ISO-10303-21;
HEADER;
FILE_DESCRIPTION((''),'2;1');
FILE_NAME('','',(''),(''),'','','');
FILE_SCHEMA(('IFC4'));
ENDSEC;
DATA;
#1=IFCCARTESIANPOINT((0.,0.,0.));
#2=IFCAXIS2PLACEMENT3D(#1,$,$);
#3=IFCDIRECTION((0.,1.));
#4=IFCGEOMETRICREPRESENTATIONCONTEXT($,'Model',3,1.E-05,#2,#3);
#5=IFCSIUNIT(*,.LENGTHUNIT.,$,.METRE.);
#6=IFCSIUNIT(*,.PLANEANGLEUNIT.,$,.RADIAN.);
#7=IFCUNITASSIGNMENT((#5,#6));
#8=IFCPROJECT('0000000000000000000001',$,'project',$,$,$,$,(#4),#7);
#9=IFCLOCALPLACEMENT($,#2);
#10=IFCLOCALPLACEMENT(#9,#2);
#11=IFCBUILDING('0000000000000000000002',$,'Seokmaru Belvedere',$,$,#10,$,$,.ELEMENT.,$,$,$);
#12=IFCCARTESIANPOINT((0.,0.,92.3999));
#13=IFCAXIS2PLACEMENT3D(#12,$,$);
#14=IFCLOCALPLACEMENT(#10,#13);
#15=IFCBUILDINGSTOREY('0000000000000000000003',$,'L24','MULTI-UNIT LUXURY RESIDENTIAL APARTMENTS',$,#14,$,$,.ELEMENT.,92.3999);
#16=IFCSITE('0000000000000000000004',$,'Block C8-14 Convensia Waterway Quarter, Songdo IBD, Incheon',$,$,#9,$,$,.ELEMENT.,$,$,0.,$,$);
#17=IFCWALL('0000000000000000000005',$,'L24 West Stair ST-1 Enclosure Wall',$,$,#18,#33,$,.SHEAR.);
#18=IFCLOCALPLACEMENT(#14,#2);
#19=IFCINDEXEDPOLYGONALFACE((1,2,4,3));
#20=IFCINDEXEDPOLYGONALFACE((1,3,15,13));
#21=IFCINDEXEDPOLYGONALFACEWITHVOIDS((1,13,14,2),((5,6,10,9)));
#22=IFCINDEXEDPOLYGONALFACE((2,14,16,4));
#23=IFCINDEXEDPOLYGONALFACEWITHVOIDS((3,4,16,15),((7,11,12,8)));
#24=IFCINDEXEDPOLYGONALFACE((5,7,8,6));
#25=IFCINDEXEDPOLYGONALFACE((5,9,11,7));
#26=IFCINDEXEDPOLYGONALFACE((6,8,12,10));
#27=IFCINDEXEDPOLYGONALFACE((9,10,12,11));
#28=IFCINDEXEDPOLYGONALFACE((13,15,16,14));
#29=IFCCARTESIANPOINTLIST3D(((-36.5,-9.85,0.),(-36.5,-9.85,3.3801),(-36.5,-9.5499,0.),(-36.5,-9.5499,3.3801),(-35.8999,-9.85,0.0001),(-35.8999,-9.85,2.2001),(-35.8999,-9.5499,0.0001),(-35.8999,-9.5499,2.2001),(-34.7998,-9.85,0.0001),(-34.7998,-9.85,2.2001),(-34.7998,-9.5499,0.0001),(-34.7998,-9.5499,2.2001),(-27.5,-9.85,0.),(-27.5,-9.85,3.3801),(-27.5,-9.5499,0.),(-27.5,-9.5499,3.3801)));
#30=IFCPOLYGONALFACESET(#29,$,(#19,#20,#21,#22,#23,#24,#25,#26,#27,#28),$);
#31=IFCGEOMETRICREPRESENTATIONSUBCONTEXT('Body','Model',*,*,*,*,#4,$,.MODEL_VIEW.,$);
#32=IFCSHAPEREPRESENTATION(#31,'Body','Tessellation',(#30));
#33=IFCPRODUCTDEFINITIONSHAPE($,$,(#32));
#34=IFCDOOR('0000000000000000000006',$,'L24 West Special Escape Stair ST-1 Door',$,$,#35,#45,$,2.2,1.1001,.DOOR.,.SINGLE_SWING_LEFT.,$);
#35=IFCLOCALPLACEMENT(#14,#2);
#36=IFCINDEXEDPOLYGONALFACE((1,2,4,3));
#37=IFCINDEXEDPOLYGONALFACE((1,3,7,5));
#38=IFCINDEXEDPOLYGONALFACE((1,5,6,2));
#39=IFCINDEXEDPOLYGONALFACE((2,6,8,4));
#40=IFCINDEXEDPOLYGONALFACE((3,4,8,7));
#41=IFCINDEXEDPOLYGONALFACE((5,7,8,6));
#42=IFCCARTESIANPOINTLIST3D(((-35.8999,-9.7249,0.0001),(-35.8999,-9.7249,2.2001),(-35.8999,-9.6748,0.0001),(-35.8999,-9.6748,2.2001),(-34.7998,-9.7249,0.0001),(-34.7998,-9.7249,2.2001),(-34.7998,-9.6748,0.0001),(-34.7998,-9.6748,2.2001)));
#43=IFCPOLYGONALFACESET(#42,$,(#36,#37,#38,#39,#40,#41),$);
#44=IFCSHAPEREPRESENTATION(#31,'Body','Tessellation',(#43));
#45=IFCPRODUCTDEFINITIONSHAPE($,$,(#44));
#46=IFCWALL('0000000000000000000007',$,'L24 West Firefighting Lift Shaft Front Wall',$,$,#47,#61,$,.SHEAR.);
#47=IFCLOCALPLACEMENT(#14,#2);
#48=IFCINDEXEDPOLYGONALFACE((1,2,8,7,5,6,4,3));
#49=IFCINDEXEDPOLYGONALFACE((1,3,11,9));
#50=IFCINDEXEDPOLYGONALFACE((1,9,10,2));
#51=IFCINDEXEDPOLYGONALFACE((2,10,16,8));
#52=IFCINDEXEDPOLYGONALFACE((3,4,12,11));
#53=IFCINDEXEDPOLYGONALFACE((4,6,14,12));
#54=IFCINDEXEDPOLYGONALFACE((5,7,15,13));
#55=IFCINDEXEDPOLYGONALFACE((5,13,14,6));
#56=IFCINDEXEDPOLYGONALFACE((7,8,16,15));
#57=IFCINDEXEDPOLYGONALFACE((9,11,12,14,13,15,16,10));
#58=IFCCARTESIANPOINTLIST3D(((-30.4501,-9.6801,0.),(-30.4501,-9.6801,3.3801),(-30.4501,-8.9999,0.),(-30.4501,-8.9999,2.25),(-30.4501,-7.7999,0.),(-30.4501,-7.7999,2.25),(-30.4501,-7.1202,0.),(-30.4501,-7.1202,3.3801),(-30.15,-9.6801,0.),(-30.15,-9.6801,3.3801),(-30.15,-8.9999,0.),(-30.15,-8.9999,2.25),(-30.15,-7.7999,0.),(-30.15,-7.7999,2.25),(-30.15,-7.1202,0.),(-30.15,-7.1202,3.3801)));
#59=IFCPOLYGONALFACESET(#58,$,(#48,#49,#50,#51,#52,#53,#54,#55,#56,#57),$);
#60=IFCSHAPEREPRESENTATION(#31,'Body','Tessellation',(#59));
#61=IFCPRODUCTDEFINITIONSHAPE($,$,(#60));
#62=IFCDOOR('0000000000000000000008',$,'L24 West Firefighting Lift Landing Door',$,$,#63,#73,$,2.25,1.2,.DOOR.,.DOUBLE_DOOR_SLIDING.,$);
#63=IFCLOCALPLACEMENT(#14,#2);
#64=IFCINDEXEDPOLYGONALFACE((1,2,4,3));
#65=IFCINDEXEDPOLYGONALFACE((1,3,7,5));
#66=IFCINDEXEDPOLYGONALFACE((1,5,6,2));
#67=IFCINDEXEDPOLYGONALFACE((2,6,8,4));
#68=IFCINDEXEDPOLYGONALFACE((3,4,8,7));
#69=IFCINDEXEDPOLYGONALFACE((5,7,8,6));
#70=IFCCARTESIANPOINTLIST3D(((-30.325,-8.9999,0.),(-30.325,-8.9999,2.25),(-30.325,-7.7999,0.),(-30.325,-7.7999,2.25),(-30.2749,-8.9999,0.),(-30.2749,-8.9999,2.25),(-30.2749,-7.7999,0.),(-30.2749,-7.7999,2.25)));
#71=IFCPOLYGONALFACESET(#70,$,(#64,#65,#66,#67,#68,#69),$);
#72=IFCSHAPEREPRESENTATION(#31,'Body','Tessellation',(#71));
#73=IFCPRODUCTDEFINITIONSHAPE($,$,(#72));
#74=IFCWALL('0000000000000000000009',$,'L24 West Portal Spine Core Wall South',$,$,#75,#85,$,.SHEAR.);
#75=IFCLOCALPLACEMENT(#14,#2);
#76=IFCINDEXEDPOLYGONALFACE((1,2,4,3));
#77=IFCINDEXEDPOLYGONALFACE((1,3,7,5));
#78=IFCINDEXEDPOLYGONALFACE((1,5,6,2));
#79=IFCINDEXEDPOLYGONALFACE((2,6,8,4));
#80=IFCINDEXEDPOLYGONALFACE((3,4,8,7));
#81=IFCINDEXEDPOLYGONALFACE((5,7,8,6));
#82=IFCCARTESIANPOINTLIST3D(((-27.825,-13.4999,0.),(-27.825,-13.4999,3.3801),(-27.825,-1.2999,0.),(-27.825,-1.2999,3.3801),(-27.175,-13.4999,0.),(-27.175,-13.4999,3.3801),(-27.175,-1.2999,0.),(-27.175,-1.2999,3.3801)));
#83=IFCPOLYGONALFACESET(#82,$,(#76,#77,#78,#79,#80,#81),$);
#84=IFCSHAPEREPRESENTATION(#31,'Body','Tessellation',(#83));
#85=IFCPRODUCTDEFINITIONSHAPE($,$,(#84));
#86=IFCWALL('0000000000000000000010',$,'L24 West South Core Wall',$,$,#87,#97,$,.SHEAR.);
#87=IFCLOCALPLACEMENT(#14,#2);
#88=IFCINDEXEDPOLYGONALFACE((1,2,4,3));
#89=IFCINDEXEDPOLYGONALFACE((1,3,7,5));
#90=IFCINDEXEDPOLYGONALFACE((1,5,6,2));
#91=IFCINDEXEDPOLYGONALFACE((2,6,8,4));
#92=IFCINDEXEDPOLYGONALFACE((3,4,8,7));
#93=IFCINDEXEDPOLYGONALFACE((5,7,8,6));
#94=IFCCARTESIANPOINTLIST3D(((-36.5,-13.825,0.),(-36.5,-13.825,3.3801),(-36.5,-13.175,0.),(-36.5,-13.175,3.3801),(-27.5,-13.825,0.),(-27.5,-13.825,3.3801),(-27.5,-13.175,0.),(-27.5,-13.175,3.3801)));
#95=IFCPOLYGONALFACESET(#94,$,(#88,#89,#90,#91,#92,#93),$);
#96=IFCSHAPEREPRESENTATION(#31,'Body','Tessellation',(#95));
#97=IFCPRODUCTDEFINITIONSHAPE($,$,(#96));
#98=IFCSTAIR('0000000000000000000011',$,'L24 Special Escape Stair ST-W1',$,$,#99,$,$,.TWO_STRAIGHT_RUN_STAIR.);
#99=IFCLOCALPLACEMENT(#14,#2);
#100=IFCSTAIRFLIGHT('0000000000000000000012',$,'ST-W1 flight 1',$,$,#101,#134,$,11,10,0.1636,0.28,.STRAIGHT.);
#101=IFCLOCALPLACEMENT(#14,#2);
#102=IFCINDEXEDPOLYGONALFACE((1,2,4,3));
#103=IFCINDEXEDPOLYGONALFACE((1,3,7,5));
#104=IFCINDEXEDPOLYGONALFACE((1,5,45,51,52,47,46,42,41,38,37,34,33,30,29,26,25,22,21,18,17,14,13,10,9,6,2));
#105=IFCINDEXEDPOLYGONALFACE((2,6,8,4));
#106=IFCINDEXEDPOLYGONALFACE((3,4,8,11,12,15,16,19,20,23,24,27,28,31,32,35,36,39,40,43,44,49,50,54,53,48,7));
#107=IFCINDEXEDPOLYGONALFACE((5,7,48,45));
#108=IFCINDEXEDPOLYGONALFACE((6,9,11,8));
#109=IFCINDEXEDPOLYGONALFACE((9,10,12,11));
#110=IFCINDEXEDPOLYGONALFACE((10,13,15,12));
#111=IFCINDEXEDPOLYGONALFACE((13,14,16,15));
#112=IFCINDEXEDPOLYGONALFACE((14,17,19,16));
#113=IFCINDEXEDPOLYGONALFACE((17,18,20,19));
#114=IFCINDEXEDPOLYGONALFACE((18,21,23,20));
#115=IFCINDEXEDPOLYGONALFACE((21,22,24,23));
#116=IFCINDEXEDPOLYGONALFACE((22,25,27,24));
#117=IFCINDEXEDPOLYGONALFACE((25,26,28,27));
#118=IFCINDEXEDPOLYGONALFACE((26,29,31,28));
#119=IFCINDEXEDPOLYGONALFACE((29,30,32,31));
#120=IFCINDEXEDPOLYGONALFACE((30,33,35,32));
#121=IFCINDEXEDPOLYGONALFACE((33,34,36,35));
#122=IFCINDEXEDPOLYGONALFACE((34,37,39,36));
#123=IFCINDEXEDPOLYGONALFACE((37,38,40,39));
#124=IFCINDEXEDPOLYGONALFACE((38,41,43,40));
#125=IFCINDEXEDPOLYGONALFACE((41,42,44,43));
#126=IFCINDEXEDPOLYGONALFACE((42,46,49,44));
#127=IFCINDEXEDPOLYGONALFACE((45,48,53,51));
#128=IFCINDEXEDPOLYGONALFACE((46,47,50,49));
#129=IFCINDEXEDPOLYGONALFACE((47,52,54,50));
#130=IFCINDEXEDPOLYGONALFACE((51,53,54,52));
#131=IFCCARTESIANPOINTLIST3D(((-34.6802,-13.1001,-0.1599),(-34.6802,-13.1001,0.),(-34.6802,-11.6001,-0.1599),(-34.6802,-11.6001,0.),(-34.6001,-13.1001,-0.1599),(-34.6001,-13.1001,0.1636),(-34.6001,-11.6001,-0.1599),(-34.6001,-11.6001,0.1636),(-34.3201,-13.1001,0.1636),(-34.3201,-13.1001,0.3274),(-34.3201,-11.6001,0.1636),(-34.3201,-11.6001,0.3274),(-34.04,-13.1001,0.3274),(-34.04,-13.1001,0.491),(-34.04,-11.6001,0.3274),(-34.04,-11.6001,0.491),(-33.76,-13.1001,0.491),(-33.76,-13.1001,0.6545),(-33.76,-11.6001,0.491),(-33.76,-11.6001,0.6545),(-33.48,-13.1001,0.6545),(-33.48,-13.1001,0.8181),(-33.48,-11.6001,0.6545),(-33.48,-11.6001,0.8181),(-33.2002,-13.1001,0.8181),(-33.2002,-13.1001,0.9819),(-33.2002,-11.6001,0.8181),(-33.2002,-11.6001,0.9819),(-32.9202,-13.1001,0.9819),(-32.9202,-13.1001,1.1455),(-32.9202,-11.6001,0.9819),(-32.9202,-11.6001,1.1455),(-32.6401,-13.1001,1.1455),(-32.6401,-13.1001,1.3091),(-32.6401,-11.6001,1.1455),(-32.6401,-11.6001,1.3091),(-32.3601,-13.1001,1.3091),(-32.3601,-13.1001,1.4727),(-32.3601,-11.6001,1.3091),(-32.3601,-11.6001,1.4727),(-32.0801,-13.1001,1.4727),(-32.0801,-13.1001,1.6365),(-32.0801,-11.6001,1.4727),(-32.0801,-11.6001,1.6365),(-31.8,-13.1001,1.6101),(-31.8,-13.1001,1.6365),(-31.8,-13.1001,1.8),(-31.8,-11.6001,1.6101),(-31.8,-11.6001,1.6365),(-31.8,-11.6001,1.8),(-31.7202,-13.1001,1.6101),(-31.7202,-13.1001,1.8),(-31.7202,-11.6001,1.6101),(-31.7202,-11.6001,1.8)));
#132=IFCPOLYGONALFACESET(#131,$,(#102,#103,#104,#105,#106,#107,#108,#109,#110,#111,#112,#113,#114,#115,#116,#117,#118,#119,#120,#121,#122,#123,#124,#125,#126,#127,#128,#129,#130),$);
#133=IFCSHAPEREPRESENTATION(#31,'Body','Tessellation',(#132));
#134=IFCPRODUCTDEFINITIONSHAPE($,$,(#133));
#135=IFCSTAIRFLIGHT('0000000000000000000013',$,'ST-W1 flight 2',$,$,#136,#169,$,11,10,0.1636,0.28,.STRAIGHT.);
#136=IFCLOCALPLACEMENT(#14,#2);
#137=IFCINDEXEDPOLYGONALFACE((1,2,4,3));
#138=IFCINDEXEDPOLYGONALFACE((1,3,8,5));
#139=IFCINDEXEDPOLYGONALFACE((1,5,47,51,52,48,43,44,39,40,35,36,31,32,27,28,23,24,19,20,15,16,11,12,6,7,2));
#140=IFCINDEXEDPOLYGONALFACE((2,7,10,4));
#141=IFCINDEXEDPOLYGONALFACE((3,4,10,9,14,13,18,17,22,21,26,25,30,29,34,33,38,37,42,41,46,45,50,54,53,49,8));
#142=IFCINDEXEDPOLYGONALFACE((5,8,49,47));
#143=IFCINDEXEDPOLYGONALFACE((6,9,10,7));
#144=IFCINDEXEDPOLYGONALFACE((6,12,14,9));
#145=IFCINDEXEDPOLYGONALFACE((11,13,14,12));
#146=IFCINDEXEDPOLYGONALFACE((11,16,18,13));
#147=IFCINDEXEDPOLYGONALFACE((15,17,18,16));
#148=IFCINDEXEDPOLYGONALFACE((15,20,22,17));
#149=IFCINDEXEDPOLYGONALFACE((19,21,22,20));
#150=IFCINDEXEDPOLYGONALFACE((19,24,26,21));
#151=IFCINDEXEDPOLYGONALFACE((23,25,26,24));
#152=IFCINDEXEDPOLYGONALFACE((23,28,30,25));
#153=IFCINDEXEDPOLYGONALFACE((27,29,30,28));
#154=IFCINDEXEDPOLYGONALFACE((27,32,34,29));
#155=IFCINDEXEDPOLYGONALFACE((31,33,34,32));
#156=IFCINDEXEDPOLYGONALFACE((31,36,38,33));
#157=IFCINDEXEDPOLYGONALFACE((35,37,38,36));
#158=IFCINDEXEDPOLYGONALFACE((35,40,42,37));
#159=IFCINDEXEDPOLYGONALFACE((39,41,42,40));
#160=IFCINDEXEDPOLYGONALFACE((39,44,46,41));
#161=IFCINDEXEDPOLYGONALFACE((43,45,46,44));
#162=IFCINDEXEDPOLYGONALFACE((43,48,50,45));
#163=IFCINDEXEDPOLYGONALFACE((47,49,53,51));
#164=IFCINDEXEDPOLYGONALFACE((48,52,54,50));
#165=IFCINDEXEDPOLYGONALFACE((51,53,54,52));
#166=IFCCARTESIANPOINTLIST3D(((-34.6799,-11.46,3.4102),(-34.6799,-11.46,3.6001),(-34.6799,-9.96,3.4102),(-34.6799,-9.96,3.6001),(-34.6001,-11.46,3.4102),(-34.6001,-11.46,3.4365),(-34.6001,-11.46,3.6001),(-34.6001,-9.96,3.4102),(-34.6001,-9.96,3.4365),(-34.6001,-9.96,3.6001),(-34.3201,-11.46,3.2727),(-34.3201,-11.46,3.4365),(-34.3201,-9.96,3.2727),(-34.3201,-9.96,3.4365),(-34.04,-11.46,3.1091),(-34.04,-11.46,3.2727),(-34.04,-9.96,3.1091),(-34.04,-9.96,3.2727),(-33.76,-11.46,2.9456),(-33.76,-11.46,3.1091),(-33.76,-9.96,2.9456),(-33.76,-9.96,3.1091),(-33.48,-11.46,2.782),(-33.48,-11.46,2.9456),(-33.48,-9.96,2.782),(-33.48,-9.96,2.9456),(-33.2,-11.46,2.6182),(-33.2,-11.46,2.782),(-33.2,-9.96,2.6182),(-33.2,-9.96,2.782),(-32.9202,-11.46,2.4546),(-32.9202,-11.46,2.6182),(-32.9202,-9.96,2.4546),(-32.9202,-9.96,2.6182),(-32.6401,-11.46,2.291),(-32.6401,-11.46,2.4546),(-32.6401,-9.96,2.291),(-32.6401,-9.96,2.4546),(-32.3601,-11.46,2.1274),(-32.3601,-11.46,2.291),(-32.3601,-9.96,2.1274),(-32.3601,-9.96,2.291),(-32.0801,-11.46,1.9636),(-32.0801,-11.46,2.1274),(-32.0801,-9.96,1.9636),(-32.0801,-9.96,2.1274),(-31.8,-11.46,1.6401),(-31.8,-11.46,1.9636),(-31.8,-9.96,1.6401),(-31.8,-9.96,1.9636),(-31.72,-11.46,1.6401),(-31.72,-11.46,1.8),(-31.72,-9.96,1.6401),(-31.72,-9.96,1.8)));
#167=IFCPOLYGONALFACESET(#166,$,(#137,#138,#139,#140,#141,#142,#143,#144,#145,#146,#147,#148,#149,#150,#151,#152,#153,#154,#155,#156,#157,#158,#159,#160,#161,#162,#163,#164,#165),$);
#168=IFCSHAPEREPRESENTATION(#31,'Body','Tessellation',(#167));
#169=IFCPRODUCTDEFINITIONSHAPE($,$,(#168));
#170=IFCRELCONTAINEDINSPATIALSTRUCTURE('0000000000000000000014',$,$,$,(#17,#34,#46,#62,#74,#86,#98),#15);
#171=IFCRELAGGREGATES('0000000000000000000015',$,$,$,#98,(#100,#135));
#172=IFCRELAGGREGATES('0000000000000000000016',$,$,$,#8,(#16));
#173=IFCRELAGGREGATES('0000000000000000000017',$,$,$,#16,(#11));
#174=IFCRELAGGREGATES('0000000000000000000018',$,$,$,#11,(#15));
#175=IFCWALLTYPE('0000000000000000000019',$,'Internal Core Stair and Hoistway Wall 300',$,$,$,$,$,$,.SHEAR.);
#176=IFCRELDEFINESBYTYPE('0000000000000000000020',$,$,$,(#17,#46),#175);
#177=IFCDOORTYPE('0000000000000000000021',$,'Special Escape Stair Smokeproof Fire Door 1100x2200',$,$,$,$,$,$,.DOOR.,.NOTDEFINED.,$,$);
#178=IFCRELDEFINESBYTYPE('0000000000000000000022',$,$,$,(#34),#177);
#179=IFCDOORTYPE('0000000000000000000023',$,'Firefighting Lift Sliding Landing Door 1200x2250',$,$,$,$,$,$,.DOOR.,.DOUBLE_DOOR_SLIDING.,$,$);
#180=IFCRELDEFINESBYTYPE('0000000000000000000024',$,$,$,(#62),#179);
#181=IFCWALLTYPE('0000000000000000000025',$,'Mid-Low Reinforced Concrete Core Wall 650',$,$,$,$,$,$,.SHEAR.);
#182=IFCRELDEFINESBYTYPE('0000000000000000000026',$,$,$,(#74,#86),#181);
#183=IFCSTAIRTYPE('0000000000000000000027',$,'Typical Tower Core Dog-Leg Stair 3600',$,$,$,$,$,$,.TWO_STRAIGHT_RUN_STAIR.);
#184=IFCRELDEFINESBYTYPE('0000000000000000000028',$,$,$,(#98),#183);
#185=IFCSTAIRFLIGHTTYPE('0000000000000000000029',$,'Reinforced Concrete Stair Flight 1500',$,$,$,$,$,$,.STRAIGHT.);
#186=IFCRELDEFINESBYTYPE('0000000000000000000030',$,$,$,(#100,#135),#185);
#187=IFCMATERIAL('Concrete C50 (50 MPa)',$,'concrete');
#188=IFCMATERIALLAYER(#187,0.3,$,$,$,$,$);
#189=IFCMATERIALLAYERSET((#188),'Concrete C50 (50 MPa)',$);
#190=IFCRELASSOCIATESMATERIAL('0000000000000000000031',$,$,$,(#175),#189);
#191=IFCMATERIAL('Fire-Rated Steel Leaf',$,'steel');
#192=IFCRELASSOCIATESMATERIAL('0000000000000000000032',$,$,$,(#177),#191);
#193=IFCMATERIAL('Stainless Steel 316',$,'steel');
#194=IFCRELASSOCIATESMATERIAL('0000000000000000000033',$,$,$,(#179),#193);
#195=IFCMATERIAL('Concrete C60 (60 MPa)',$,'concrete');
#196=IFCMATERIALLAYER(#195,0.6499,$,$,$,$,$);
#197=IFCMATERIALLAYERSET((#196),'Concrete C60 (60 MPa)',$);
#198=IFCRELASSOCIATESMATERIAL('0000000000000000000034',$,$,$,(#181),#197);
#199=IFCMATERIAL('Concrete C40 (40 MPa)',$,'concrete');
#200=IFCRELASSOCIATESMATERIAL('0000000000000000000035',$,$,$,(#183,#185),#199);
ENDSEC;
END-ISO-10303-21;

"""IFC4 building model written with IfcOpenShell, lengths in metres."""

from ifc_helpers import new_model, si_unit, direction, frame, frame_2d, origin, place, context, subcontext, project, spatial, polyline, rectangle, outline, extrude, source, transform, mapped, material, layer, layer_set, type_object, type_shapes, element, fill, aggregate, save


model = new_model("IFC4")

# Units and contexts
model_context = context("Model", 3, precision=1e-05, world=origin(), true_north=direction((0.0, 1.0)))
body_context = subcontext(model_context, "Body", "Model", "MODEL_VIEW")
ifc_project = project(units=[si_unit("LENGTHUNIT", "METRE"), si_unit("PLANEANGLEUNIT", "RADIAN")], contexts=[model_context])

# Site, building, storey
site_placement = place(None, origin())
site = spatial("IfcSite", under=ifc_project, at=site_placement, Name="Block C8-14 Convensia Waterway Quarter, Songdo IBD, Incheon", CompositionType="ELEMENT", RefElevation=0.0)
building_placement = place(site_placement, origin())
building = spatial("IfcBuilding", under=site, at=building_placement, Name="Seokmaru Belvedere", CompositionType="ELEMENT")
storey_placement = place(building_placement, frame((0.0, 0.0, 92.3999)))
storey = spatial("IfcBuildingStorey", under=building, at=storey_placement, Name="L24", Description="MULTI-UNIT LUXURY RESIDENTIAL APARTMENTS", CompositionType="ELEMENT", Elevation=92.3999)

# Shared definitions
ifc_material_1 = material(Name="Concrete C50 (50 MPa)", Category="concrete")

# Walls, openings, doors
ifc_layer_1 = layer(ifc_material_1, 0.3)
ifc_layer_set_1 = layer_set([ifc_layer_1], Name="Concrete C50 (50 MPa)")
wall_type_1 = type_object("IfcWallType", Name="Internal Core Stair and Hoistway Wall 300", PredefinedType="SHEAR", material=ifc_layer_set_1)
wall_1_placement = place(storey_placement, frame((-36.5, -9.7, 0.0), z_axis=(0.0, 0.0, 1.0), x_axis=(1.0, 0.0, 0.0)))
wall_1 = element("IfcWall", 1, at=wall_1_placement, inside=storey, type_object=wall_type_1, Name="L24 West Stair ST-1 Enclosure Wall", PredefinedType="SHEAR", context=body_context, shape_type="SweptSolid", body=[
    extrude(rectangle(XDim=9.0, YDim=0.3, at=frame_2d((4.5, 0.0))), origin(), (0.0, 0.0, 1.0), 3.3801),
])
opening_1_placement = place(wall_1_placement, frame((0.6001, 0.0, 0.0)))
opening_1 = element("IfcOpeningElement", 2, at=opening_1_placement, cuts=wall_1, PredefinedType="OPENING", context=body_context, shape_type="SweptSolid", body=[
    extrude(rectangle(XDim=1.1001, YDim=2.2, at=frame_2d((0.55, 1.1001))), frame((0.0, 0.1602, 0.0), z_axis=(0.0, -1.0, 0.0), x_axis=(1.0, 0.0, 0.0)), (0.0, 0.0, 1.0), 0.3201),
])
ifc_material_2 = material(Name="Fire-Rated Steel Leaf", Category="steel")
door_type_1 = type_object("IfcDoorType", Name="Special Escape Stair Smokeproof Fire Door 1100x2200", OperationType="NOTDEFINED", PredefinedType="DOOR", material=ifc_material_2)
shared_shape_1 = source(origin(), body_context, "Body", "SweptSolid", [
    extrude(rectangle(XDim=1.1001, YDim=2.2, at=frame_2d((0.55, 1.1001))), frame((0.0, 0.0249, 0.0), z_axis=(0.0, -1.0, 0.0), x_axis=(1.0, 0.0, 0.0)), (0.0, 0.0, 1.0), 0.05),
])
type_shapes(door_type_1, [shared_shape_1])
door_1_placement = place(opening_1_placement, frame((1.1001, 0.0, 0.0), z_axis=(0.0, 0.0, 1.0), x_axis=(-1.0, 0.0, 0.0)))
door_1 = element("IfcDoor", 3, at=door_1_placement, inside=storey, type_object=door_type_1, Name="L24 West Special Escape Stair ST-1 Door", OperationType="SINGLE_SWING_LEFT", OverallHeight=2.2, OverallWidth=1.1001, PredefinedType="DOOR", context=body_context, shape_type="MappedRepresentation", body=[
    mapped(shared_shape_1, transform((0.0, 0.0, 0.0), scale=1.0)),
])
fill(opening_1, door_1)
wall_2_placement = place(storey_placement, frame((-30.3, -9.6799, 0.0), z_axis=(0.0, 0.0, 1.0), x_axis=(0.0, 1.0, 0.0)))
wall_2 = element("IfcWall", 4, at=wall_2_placement, inside=storey, type_object=wall_type_1, Name="L24 West Firefighting Lift Shaft Front Wall", PredefinedType="SHEAR", context=body_context, shape_type="SweptSolid", body=[
    extrude(rectangle(XDim=2.5598, YDim=0.3, at=frame_2d((1.2798, 0.0))), origin(), (0.0, 0.0, 1.0), 3.3801),
])
opening_2_placement = place(wall_2_placement, frame((0.6799, 0.0, 0.0)))
opening_2 = element("IfcOpeningElement", 5, at=opening_2_placement, cuts=wall_2, PredefinedType="OPENING", context=body_context, shape_type="SweptSolid", body=[
    extrude(rectangle(XDim=1.2, YDim=2.25, at=frame_2d((0.6001, 1.125))), frame((0.0, 0.1602, 0.0), z_axis=(0.0, -1.0, 0.0), x_axis=(1.0, 0.0, 0.0)), (0.0, 0.0, 1.0), 0.3201),
])
ifc_material_3 = material(Name="Stainless Steel 316", Category="steel")
door_type_2 = type_object("IfcDoorType", Name="Firefighting Lift Sliding Landing Door 1200x2250", OperationType="DOUBLE_DOOR_SLIDING", PredefinedType="DOOR", material=ifc_material_3)
shared_shape_2 = source(origin(), body_context, "Body", "SweptSolid", [
    extrude(rectangle(XDim=1.2, YDim=2.25, at=frame_2d((0.6001, 1.125))), frame((0.0, 0.0249, 0.0), z_axis=(0.0, -1.0, 0.0), x_axis=(1.0, 0.0, 0.0)), (0.0, 0.0, 1.0), 0.05),
])
type_shapes(door_type_2, [shared_shape_2])
door_2_placement = place(opening_2_placement, origin())
door_2 = element("IfcDoor", 6, at=door_2_placement, inside=storey, type_object=door_type_2, Name="L24 West Firefighting Lift Landing Door", OperationType="DOUBLE_DOOR_SLIDING", OverallHeight=2.25, OverallWidth=1.2, PredefinedType="DOOR", context=body_context, shape_type="MappedRepresentation", body=[
    mapped(shared_shape_2, transform((0.0, 0.0, 0.0), scale=1.0)),
])
fill(opening_2, door_2)

# Walls
ifc_material_4 = material(Name="Concrete C60 (60 MPa)", Category="concrete")
ifc_layer_2 = layer(ifc_material_4, 0.6499)
ifc_layer_set_2 = layer_set([ifc_layer_2], Name="Concrete C60 (60 MPa)")
wall_type_2 = type_object("IfcWallType", Name="Mid-Low Reinforced Concrete Core Wall 650", PredefinedType="SHEAR", material=ifc_layer_set_2)
wall_3_placement = place(storey_placement, frame((-27.5, -13.5, 0.0), z_axis=(0.0, 0.0, 1.0), x_axis=(0.0, 1.0, 0.0)))
element("IfcWall", 7, at=wall_3_placement, inside=storey, type_object=wall_type_2, Name="L24 West Portal Spine Core Wall South", PredefinedType="SHEAR", context=body_context, shape_type="SweptSolid", body=[
    extrude(rectangle(XDim=12.2, YDim=0.6499, at=frame_2d((6.1001, 0.0))), origin(), (0.0, 0.0, 1.0), 3.3801),
])
wall_4_placement = place(storey_placement, frame((-36.5, -13.5, 0.0), z_axis=(0.0, 0.0, 1.0), x_axis=(1.0, 0.0, 0.0)))
element("IfcWall", 8, at=wall_4_placement, inside=storey, type_object=wall_type_2, Name="L24 West South Core Wall", PredefinedType="SHEAR", context=body_context, shape_type="SweptSolid", body=[
    extrude(rectangle(XDim=9.0, YDim=0.6499, at=frame_2d((4.5, 0.0))), origin(), (0.0, 0.0, 1.0), 3.3801),
])

# Stair, stair flights
ifc_material_5 = material(Name="Concrete C40 (40 MPa)", Category="concrete")
stair_type = type_object("IfcStairType", Name="Typical Tower Core Dog-Leg Stair 3600", PredefinedType="TWO_STRAIGHT_RUN_STAIR", material=ifc_material_5)
stair_placement = place(storey_placement, origin())
stair = element("IfcStair", 9, at=stair_placement, inside=storey, type_object=stair_type, Name="L24 Special Escape Stair ST-W1", PredefinedType="TWO_STRAIGHT_RUN_STAIR")
stair_flight_type = type_object("IfcStairFlightType", Name="Reinforced Concrete Stair Flight 1500", PredefinedType="STRAIGHT", material=ifc_material_5)
stair_flight_1_placement = place(storey_placement, frame((-34.6001, -12.3501, 0.0), z_axis=(0.0, 0.0, 1.0), x_axis=(1.0, 0.0, 0.0)))
stair_flight_1 = element("IfcStairFlight", 10, at=stair_flight_1_placement, type_object=stair_flight_type, Name="ST-W1 flight 1", NumberOfRisers=11, NumberOfTreads=10, PredefinedType="STRAIGHT", RiserHeight=0.1636, TreadLength=0.28, context=body_context, shape_type="SweptSolid", body=[
    extrude(outline(polyline([(-0.0801, 0.0), (0.0, 0.1636), (0.28, 0.1636), (0.28, 0.3274), (0.5601, 0.3274), (0.5601, 0.491), (0.8401, 0.491), (0.8401, 0.6545), (1.1201, 0.6545), (1.1201, 0.8181), (1.3999, 0.8181), (1.3999, 0.9819), (1.6799, 0.9819), (1.6799, 1.1455), (1.96, 1.1455), (1.96, 1.3091), (2.24, 1.3091), (2.24, 1.4727), (2.52, 1.4727), (2.52, 1.6365), (2.8, 1.6365), (2.8, 1.8), (2.8799, 1.8), (2.8799, 1.6101), (2.8, 1.6101), (0.0, -0.1599), (-0.0801, -0.1599), (-0.0801, 0.0)])), frame((0.0, 0.75, 0.0), z_axis=(0.0, -1.0, 0.0), x_axis=(1.0, 0.0, 0.0)), (0.0, 0.0, 1.0), 1.5),
])
stair_flight_2_placement = place(storey_placement, frame((-31.8, -10.71, 1.8), z_axis=(0.0, 0.0, 1.0), x_axis=(-1.0, 0.0, 0.0)))
stair_flight_2 = element("IfcStairFlight", 11, at=stair_flight_2_placement, type_object=stair_flight_type, Name="ST-W1 flight 2", NumberOfRisers=11, NumberOfTreads=10, PredefinedType="STRAIGHT", RiserHeight=0.1636, TreadLength=0.28, context=body_context, shape_type="SweptSolid", body=[
    extrude(outline(polyline([(-0.0801, 0.0), (0.0, 0.1636), (0.28, 0.1636), (0.28, 0.3274), (0.5601, 0.3274), (0.5601, 0.491), (0.8401, 0.491), (0.8401, 0.6545), (1.1201, 0.6545), (1.1201, 0.8181), (1.3999, 0.8181), (1.3999, 0.9819), (1.6799, 0.9819), (1.6799, 1.1455), (1.96, 1.1455), (1.96, 1.3091), (2.24, 1.3091), (2.24, 1.4727), (2.52, 1.4727), (2.52, 1.6365), (2.8, 1.6365), (2.8, 1.8), (2.8799, 1.8), (2.8799, 1.6101), (2.8, 1.6101), (0.0, -0.1599), (-0.0801, -0.1599), (-0.0801, 0.0)])), frame((0.0, 0.75, 0.0), z_axis=(0.0, -1.0, 0.0), x_axis=(1.0, 0.0, 0.0)), (0.0, 0.0, 1.0), 1.5),
])
aggregate(stair, [stair_flight_1, stair_flight_2])

save(model, "model.ifc")
